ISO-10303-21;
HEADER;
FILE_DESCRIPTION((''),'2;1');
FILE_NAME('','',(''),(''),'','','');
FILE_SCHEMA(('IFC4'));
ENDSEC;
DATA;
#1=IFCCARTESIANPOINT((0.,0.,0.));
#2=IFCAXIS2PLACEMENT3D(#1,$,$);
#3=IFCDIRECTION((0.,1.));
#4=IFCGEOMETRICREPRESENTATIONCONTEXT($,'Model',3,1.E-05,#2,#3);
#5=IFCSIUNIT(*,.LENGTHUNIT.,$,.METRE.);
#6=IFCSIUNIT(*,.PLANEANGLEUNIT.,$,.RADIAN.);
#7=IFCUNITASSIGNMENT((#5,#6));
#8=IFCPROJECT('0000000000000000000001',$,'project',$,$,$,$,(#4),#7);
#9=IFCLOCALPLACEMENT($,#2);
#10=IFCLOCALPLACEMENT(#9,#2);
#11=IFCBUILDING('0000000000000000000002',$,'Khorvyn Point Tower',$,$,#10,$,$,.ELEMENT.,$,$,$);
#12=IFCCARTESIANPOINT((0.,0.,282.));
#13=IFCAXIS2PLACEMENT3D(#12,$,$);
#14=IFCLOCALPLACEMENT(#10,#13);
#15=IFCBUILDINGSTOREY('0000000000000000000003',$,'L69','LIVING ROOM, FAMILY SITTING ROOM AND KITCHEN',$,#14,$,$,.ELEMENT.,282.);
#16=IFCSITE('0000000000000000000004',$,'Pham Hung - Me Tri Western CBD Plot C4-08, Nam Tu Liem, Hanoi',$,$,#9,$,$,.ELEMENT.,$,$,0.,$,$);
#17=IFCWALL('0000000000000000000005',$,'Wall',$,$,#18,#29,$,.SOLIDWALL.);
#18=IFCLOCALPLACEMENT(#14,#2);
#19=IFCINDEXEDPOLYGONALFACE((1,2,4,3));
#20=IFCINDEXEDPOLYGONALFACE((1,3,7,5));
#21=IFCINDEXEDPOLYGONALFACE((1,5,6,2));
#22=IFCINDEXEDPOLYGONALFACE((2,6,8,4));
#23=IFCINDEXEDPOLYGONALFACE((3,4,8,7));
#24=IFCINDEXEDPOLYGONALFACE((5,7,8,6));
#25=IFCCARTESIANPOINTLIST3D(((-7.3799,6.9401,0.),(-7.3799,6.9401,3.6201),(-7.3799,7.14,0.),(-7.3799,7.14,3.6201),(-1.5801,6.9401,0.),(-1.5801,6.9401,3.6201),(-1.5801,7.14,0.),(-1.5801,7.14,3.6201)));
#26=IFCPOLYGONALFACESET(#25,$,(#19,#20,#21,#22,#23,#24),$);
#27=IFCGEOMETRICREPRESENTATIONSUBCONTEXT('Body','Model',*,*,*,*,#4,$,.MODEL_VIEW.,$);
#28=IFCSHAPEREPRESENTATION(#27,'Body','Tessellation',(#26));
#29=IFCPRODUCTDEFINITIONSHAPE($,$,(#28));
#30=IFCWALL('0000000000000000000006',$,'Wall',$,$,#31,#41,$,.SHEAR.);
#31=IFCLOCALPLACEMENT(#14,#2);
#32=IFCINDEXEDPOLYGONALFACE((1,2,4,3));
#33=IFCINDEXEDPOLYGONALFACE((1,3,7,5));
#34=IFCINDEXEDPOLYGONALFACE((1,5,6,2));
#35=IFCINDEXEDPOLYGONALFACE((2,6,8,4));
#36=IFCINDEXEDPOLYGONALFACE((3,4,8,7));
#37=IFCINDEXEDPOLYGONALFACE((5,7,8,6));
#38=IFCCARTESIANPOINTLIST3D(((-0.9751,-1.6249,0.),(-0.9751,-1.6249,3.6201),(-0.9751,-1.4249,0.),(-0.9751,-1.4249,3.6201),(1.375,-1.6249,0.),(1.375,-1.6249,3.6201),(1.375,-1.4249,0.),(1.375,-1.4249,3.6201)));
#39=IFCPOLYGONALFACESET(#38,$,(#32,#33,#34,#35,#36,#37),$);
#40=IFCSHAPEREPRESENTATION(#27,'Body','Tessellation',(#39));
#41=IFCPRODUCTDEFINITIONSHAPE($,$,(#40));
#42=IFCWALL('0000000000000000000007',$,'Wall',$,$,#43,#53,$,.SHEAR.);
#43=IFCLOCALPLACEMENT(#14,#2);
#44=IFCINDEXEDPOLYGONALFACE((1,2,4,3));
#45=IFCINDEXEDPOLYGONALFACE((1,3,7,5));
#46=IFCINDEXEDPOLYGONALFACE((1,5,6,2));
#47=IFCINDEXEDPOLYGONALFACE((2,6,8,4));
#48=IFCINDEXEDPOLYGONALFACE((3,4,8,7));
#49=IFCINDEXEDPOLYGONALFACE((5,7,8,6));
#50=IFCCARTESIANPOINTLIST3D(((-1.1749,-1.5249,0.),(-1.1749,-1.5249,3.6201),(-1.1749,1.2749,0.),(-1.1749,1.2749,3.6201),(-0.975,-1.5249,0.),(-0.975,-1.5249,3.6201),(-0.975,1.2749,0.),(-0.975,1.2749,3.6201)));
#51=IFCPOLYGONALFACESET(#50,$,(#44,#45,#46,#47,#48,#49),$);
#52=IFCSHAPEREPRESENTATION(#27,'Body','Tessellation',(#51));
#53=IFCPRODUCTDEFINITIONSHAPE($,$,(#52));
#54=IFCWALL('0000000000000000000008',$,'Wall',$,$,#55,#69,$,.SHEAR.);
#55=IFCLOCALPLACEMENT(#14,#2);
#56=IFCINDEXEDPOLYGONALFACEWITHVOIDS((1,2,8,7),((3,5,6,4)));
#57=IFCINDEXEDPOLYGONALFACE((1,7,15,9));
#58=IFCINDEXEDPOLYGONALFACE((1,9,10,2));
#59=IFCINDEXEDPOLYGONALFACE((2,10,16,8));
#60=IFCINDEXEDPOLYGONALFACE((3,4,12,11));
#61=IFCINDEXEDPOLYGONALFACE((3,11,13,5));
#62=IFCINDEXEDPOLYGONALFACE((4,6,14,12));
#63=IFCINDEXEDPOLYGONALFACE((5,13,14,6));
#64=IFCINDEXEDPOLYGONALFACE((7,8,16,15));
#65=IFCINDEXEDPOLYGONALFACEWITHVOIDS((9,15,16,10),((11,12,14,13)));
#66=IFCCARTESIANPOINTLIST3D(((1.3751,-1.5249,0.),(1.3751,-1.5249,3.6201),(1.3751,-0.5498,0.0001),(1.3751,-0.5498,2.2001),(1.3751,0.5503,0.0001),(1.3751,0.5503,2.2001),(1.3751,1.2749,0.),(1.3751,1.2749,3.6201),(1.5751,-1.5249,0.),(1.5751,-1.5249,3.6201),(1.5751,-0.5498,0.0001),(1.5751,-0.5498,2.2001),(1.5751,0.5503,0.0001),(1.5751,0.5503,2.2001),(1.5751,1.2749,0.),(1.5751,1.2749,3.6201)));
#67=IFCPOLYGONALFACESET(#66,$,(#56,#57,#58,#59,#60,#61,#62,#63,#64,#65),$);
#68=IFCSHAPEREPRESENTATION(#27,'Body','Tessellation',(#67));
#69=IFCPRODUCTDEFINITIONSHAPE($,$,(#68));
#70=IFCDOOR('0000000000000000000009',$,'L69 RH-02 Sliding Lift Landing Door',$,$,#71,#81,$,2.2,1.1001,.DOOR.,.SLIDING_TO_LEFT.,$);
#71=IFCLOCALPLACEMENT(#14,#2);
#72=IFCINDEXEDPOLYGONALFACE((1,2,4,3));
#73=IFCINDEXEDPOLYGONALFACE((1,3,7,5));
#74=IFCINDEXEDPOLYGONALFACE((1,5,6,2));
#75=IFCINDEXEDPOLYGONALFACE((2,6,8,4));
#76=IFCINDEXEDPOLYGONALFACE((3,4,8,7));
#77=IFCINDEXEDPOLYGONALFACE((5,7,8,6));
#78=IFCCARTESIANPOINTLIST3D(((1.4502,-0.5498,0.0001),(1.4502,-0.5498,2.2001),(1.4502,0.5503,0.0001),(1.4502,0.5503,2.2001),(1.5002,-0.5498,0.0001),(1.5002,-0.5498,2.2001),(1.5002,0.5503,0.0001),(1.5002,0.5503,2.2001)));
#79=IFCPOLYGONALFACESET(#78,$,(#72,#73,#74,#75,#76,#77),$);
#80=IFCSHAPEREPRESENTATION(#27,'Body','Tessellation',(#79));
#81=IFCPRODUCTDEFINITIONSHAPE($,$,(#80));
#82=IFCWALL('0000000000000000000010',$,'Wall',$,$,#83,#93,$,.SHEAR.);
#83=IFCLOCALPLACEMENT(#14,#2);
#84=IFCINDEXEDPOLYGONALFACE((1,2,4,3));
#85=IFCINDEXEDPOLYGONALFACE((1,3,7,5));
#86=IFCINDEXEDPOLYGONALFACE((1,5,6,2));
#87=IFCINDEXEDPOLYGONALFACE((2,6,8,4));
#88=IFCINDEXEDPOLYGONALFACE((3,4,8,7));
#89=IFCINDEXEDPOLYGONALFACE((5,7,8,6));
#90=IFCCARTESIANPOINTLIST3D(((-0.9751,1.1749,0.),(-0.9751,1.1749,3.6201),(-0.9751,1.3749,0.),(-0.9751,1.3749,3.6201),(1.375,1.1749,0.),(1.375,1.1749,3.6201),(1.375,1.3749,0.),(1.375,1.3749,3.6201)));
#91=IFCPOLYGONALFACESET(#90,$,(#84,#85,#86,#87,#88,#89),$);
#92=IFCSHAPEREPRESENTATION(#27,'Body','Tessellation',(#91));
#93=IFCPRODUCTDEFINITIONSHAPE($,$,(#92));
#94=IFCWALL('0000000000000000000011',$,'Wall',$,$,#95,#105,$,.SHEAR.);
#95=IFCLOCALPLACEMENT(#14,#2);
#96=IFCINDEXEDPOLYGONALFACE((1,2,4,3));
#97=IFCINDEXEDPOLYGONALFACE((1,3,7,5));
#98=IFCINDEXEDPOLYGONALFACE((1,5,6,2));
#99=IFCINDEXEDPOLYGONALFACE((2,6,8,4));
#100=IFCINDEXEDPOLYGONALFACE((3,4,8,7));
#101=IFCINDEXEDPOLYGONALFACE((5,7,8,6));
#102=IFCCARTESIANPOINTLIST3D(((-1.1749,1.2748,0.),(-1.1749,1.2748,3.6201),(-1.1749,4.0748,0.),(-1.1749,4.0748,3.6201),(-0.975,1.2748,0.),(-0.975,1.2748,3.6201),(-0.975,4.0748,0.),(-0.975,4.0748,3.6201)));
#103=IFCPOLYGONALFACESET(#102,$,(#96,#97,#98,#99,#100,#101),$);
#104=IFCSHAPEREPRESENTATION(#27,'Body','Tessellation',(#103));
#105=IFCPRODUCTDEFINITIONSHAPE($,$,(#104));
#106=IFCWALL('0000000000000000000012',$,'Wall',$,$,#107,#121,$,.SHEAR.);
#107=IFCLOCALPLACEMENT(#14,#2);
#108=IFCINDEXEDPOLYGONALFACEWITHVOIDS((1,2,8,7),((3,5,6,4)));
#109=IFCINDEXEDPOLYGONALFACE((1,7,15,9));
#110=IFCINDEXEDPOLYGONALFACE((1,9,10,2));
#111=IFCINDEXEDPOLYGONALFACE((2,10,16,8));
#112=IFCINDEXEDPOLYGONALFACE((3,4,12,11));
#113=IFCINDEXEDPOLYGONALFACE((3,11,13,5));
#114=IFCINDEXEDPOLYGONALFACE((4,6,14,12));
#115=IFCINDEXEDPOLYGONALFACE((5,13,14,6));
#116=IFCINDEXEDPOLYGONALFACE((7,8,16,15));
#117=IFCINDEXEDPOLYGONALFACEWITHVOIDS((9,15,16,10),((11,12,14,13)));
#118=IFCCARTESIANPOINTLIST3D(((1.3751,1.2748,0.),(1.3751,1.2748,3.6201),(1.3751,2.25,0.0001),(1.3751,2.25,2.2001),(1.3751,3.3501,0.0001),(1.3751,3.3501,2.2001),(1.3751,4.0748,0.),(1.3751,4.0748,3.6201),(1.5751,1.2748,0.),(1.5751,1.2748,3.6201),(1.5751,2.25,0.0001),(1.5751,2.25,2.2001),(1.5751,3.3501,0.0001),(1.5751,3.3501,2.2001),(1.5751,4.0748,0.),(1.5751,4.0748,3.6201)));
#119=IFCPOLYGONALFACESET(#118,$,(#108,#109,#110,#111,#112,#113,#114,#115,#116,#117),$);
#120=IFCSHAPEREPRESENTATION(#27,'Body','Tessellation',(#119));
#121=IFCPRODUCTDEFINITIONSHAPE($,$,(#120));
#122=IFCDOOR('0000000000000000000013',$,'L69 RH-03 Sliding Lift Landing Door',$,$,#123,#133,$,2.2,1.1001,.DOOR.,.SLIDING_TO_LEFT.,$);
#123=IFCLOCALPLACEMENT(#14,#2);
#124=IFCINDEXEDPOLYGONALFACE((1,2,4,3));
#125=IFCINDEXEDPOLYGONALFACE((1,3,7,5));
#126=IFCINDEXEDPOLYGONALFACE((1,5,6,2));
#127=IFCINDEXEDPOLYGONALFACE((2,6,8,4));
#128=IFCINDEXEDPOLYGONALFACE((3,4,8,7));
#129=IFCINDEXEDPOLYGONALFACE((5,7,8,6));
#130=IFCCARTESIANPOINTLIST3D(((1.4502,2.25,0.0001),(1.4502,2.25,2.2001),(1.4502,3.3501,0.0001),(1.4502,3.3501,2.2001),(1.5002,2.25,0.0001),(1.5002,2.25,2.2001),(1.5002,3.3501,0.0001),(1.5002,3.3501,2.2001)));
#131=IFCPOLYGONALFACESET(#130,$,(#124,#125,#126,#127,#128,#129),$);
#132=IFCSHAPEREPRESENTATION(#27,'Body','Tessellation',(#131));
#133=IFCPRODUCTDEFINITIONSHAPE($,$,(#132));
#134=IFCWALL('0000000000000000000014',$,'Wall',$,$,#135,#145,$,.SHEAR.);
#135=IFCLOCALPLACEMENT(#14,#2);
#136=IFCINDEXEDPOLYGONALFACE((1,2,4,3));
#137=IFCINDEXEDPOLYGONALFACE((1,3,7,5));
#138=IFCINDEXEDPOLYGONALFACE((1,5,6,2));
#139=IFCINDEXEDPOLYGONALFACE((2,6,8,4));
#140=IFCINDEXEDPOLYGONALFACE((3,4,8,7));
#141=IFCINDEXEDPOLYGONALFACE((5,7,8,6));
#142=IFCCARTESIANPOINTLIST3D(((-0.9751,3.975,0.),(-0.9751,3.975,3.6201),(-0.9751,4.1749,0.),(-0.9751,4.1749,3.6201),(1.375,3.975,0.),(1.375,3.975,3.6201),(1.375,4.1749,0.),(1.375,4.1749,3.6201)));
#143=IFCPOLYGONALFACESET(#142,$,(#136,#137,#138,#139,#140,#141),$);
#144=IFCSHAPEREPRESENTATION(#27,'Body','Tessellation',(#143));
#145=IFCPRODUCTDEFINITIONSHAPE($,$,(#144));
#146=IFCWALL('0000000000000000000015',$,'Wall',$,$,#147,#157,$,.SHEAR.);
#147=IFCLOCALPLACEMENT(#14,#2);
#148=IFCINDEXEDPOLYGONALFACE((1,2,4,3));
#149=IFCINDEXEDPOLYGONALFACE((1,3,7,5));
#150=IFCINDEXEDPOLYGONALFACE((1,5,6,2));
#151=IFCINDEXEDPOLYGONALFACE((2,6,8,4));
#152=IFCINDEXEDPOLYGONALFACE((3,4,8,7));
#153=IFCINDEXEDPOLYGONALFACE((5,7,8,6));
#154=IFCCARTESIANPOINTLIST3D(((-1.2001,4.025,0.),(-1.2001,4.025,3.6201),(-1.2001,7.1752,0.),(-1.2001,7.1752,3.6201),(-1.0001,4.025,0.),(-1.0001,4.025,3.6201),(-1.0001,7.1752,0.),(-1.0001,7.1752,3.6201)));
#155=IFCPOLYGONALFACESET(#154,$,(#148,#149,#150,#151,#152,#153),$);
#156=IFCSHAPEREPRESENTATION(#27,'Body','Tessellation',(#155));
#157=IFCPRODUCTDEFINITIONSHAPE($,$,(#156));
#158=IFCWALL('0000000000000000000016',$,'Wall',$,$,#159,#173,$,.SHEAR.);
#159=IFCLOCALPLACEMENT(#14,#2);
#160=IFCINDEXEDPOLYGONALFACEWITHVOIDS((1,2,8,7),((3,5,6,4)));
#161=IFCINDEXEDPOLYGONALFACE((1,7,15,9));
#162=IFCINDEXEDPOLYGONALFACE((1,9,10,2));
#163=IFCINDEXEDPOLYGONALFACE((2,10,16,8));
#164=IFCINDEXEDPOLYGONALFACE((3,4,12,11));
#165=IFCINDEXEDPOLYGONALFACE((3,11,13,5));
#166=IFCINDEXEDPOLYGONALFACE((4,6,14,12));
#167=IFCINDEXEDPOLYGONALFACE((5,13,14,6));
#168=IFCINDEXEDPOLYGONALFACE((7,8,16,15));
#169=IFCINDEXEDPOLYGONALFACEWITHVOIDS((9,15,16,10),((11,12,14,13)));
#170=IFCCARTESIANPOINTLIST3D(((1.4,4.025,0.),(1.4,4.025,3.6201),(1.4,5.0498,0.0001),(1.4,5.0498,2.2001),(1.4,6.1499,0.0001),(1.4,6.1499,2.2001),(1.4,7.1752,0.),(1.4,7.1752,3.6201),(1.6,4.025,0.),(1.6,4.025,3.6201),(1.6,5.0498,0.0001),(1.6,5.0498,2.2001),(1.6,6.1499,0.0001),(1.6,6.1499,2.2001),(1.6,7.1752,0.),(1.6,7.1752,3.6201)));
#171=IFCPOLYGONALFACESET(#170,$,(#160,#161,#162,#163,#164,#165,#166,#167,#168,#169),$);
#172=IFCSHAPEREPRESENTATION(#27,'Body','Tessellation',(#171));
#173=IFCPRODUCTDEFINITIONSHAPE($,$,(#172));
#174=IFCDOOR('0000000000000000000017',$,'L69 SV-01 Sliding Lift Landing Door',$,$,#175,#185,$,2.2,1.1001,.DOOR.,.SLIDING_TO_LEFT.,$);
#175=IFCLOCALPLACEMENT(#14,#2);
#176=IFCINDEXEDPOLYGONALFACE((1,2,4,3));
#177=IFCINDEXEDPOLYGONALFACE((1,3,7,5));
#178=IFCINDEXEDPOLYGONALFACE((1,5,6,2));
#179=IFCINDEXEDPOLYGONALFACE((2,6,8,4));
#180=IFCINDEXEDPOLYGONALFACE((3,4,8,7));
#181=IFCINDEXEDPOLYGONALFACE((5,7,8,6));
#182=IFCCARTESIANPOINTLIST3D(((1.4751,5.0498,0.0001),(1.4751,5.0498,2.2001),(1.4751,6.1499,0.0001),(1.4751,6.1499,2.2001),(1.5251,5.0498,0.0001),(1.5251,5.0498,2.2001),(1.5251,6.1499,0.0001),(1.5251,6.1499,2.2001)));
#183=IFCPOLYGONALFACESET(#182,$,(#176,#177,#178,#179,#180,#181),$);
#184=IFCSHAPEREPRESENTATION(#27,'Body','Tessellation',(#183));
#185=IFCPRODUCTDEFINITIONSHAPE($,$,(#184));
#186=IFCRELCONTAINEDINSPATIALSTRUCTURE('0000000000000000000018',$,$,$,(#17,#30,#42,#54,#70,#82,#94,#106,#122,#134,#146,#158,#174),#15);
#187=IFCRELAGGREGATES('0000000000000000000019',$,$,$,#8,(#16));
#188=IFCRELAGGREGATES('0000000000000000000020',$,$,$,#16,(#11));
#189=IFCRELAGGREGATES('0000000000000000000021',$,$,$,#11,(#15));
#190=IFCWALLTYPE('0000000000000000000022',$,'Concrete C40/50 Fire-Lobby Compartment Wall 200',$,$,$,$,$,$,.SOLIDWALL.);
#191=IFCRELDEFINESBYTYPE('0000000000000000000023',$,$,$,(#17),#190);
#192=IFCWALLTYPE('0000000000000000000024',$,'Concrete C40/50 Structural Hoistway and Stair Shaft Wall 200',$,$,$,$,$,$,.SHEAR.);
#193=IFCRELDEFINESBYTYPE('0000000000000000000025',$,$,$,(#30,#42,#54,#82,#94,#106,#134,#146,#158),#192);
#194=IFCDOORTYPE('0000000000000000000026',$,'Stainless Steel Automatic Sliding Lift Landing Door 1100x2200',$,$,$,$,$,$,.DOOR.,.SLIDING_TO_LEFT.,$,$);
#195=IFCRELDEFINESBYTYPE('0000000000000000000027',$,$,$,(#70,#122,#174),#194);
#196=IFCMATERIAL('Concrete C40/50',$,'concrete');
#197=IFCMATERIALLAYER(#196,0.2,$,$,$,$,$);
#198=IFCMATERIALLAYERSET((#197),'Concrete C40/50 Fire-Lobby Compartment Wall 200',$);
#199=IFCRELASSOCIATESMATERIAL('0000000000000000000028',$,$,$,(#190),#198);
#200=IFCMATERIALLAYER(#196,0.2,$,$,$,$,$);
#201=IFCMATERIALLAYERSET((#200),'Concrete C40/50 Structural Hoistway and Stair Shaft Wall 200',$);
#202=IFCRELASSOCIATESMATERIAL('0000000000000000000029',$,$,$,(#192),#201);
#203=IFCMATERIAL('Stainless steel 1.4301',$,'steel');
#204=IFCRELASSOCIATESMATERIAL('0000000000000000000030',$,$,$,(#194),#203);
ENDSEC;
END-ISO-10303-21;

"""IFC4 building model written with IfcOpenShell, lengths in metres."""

from ifc_helpers import new_model, si_unit, direction, frame, frame_2d, origin, place, context, subcontext, project, spatial, rectangle, extrude, material, layer, layer_set, type_object, element, fill, save


model = new_model("IFC4")

# Units and contexts
model_context = context("Model", 3, precision=1e-05, world=origin(), true_north=direction((0.0, 1.0)))
body_context = subcontext(model_context, "Body", "Model", "MODEL_VIEW")
ifc_project = project(units=[si_unit("LENGTHUNIT", "METRE"), si_unit("PLANEANGLEUNIT", "RADIAN")], contexts=[model_context])

# Site, building, storey
site_placement = place(None, origin())
site = spatial("IfcSite", under=ifc_project, at=site_placement, Name="Pham Hung - Me Tri Western CBD Plot C4-08, Nam Tu Liem, Hanoi", CompositionType="ELEMENT", RefElevation=0.0)
building_placement = place(site_placement, origin())
building = spatial("IfcBuilding", under=site, at=building_placement, Name="Khorvyn Point Tower", CompositionType="ELEMENT")
storey_placement = place(building_placement, frame((0.0, 0.0, 282.0)))
storey = spatial("IfcBuildingStorey", under=building, at=storey_placement, Name="L69", Description="LIVING ROOM, FAMILY SITTING ROOM AND KITCHEN", CompositionType="ELEMENT", Elevation=282.0)

# Shared definitions
ifc_material_1 = material(Name="Concrete C40/50", Category="concrete")

# Walls
ifc_layer_1 = layer(ifc_material_1, 0.2)
ifc_layer_set_1 = layer_set([ifc_layer_1], Name="Concrete C40/50 Fire-Lobby Compartment Wall 200")
wall_type_1 = type_object("IfcWallType", Name="Concrete C40/50 Fire-Lobby Compartment Wall 200", PredefinedType="SOLIDWALL", material=ifc_layer_set_1)
wall_1_placement = place(storey_placement, frame((-7.3799, 7.04, 0.0), z_axis=(0.0, 0.0, 1.0), x_axis=(1.0, 0.0, 0.0)))
element("IfcWall", 1, at=wall_1_placement, inside=storey, type_object=wall_type_1, Name="Wall", PredefinedType="SOLIDWALL", context=body_context, shape_type="SweptSolid", body=[
    extrude(rectangle(XDim=5.7998, YDim=0.2, at=frame_2d((2.8999, 0.0))), origin(), (0.0, 0.0, 1.0), 3.6201),
])
ifc_layer_2 = layer(ifc_material_1, 0.2)
ifc_layer_set_2 = layer_set([ifc_layer_2], Name="Concrete C40/50 Structural Hoistway and Stair Shaft Wall 200")
wall_type_2 = type_object("IfcWallType", Name="Concrete C40/50 Structural Hoistway and Stair Shaft Wall 200", PredefinedType="SHEAR", material=ifc_layer_set_2)
wall_2_placement = place(storey_placement, frame((-0.9751, -1.5249, 0.0), z_axis=(0.0, 0.0, 1.0), x_axis=(1.0, 0.0, 0.0)))
element("IfcWall", 2, at=wall_2_placement, inside=storey, type_object=wall_type_2, Name="Wall", PredefinedType="SHEAR", context=body_context, shape_type="SweptSolid", body=[
    extrude(rectangle(XDim=2.3501, YDim=0.2, at=frame_2d((1.175, 0.0))), origin(), (0.0, 0.0, 1.0), 3.6201),
])
wall_3_placement = place(storey_placement, frame((-1.075, -1.5249, 0.0), z_axis=(0.0, 0.0, 1.0), x_axis=(0.0, 1.0, 0.0)))
element("IfcWall", 3, at=wall_3_placement, inside=storey, type_object=wall_type_2, Name="Wall", PredefinedType="SHEAR", context=body_context, shape_type="SweptSolid", body=[
    extrude(rectangle(XDim=2.7998, YDim=0.2, at=frame_2d((1.3999, 0.0))), origin(), (0.0, 0.0, 1.0), 3.6201),
])

# Wall, opening, door
wall_4_placement = place(storey_placement, frame((1.4751, -1.5249, 0.0), z_axis=(0.0, 0.0, 1.0), x_axis=(0.0, 1.0, 0.0)))
wall_4 = element("IfcWall", 4, at=wall_4_placement, inside=storey, type_object=wall_type_2, Name="Wall", PredefinedType="SHEAR", context=body_context, shape_type="SweptSolid", body=[
    extrude(rectangle(XDim=2.7998, YDim=0.2, at=frame_2d((1.3999, 0.0))), origin(), (0.0, 0.0, 1.0), 3.6201),
])
opening_1_placement = place(wall_4_placement, frame((0.9751, 0.0, 0.0)))
opening_1 = element("IfcOpeningElement", 5, at=opening_1_placement, cuts=wall_4, PredefinedType="OPENING", context=body_context, shape_type="SweptSolid", body=[
    extrude(rectangle(XDim=1.1001, YDim=2.2, at=frame_2d((0.55, 1.1001))), frame((0.0, 0.1099, 0.0), z_axis=(0.0, -1.0, 0.0), x_axis=(1.0, 0.0, 0.0)), (0.0, 0.0, 1.0), 0.22),
])
ifc_material_2 = material(Name="Stainless steel 1.4301", Category="steel")
door_type = type_object("IfcDoorType", Name="Stainless Steel Automatic Sliding Lift Landing Door 1100x2200", OperationType="SLIDING_TO_LEFT", PredefinedType="DOOR", material=ifc_material_2)
door_1_placement = place(opening_1_placement, origin())
door_1 = element("IfcDoor", 6, at=door_1_placement, inside=storey, type_object=door_type, Name="L69 RH-02 Sliding Lift Landing Door", OperationType="SLIDING_TO_LEFT", OverallHeight=2.2, OverallWidth=1.1001, PredefinedType="DOOR", context=body_context, shape_type="SweptSolid", body=[
    extrude(rectangle(XDim=1.1001, YDim=2.2, at=frame_2d((0.55, 1.1001))), frame((0.0, 0.0249, 0.0), z_axis=(0.0, -1.0, 0.0), x_axis=(1.0, 0.0, 0.0)), (0.0, 0.0, 1.0), 0.05),
])
fill(opening_1, door_1)

# Walls
wall_5_placement = place(storey_placement, frame((-0.9751, 1.2749, 0.0), z_axis=(0.0, 0.0, 1.0), x_axis=(1.0, 0.0, 0.0)))
element("IfcWall", 7, at=wall_5_placement, inside=storey, type_object=wall_type_2, Name="Wall", PredefinedType="SHEAR", context=body_context, shape_type="SweptSolid", body=[
    extrude(rectangle(XDim=2.3501, YDim=0.2, at=frame_2d((1.175, 0.0))), origin(), (0.0, 0.0, 1.0), 3.6201),
])
wall_6_placement = place(storey_placement, frame((-1.075, 1.2749, 0.0), z_axis=(0.0, 0.0, 1.0), x_axis=(0.0, 1.0, 0.0)))
element("IfcWall", 8, at=wall_6_placement, inside=storey, type_object=wall_type_2, Name="Wall", PredefinedType="SHEAR", context=body_context, shape_type="SweptSolid", body=[
    extrude(rectangle(XDim=2.8, YDim=0.2, at=frame_2d((1.3999, 0.0))), origin(), (0.0, 0.0, 1.0), 3.6201),
])

# Wall, opening, door
wall_7_placement = place(storey_placement, frame((1.4751, 1.2749, 0.0), z_axis=(0.0, 0.0, 1.0), x_axis=(0.0, 1.0, 0.0)))
wall_7 = element("IfcWall", 9, at=wall_7_placement, inside=storey, type_object=wall_type_2, Name="Wall", PredefinedType="SHEAR", context=body_context, shape_type="SweptSolid", body=[
    extrude(rectangle(XDim=2.8, YDim=0.2, at=frame_2d((1.3999, 0.0))), origin(), (0.0, 0.0, 1.0), 3.6201),
])
opening_2_placement = place(wall_7_placement, frame((0.9751, 0.0, 0.0)))
opening_2 = element("IfcOpeningElement", 10, at=opening_2_placement, cuts=wall_7, PredefinedType="OPENING", context=body_context, shape_type="SweptSolid", body=[
    extrude(rectangle(XDim=1.1001, YDim=2.2, at=frame_2d((0.55, 1.1001))), frame((0.0, 0.1099, 0.0), z_axis=(0.0, -1.0, 0.0), x_axis=(1.0, 0.0, 0.0)), (0.0, 0.0, 1.0), 0.22),
])
door_2_placement = place(opening_2_placement, origin())
door_2 = element("IfcDoor", 11, at=door_2_placement, inside=storey, type_object=door_type, Name="L69 RH-03 Sliding Lift Landing Door", OperationType="SLIDING_TO_LEFT", OverallHeight=2.2, OverallWidth=1.1001, PredefinedType="DOOR", context=body_context, shape_type="SweptSolid", body=[
    extrude(rectangle(XDim=1.1001, YDim=2.2, at=frame_2d((0.55, 1.1001))), frame((0.0, 0.0249, 0.0), z_axis=(0.0, -1.0, 0.0), x_axis=(1.0, 0.0, 0.0)), (0.0, 0.0, 1.0), 0.05),
])
fill(opening_2, door_2)

# Walls
wall_8_placement = place(storey_placement, frame((-0.9751, 4.075, 0.0), z_axis=(0.0, 0.0, 1.0), x_axis=(1.0, 0.0, 0.0)))
element("IfcWall", 12, at=wall_8_placement, inside=storey, type_object=wall_type_2, Name="Wall", PredefinedType="SHEAR", context=body_context, shape_type="SweptSolid", body=[
    extrude(rectangle(XDim=2.3501, YDim=0.2, at=frame_2d((1.175, 0.0))), origin(), (0.0, 0.0, 1.0), 3.6201),
])
wall_9_placement = place(storey_placement, frame((-1.1001, 4.0249, 0.0), z_axis=(0.0, 0.0, 1.0), x_axis=(0.0, 1.0, 0.0)))
element("IfcWall", 13, at=wall_9_placement, inside=storey, type_object=wall_type_2, Name="Wall", PredefinedType="SHEAR", context=body_context, shape_type="SweptSolid", body=[
    extrude(rectangle(XDim=3.1501, YDim=0.2, at=frame_2d((1.5752, 0.0))), origin(), (0.0, 0.0, 1.0), 3.6201),
])

# Wall, opening, door
wall_10_placement = place(storey_placement, frame((1.5, 4.0249, 0.0), z_axis=(0.0, 0.0, 1.0), x_axis=(0.0, 1.0, 0.0)))
wall_10 = element("IfcWall", 14, at=wall_10_placement, inside=storey, type_object=wall_type_2, Name="Wall", PredefinedType="SHEAR", context=body_context, shape_type="SweptSolid", body=[
    extrude(rectangle(XDim=3.1501, YDim=0.2, at=frame_2d((1.5752, 0.0))), origin(), (0.0, 0.0, 1.0), 3.6201),
])
opening_3_placement = place(wall_10_placement, frame((1.0249, 0.0, 0.0)))
opening_3 = element("IfcOpeningElement", 15, at=opening_3_placement, cuts=wall_10, PredefinedType="OPENING", context=body_context, shape_type="SweptSolid", body=[
    extrude(rectangle(XDim=1.1001, YDim=2.2, at=frame_2d((0.55, 1.1001))), frame((0.0, 0.1099, 0.0), z_axis=(0.0, -1.0, 0.0), x_axis=(1.0, 0.0, 0.0)), (0.0, 0.0, 1.0), 0.22),
])
door_3_placement = place(opening_3_placement, origin())
door_3 = element("IfcDoor", 16, at=door_3_placement, inside=storey, type_object=door_type, Name="L69 SV-01 Sliding Lift Landing Door", OperationType="SLIDING_TO_LEFT", OverallHeight=2.2, OverallWidth=1.1001, PredefinedType="DOOR", context=body_context, shape_type="SweptSolid", body=[
    extrude(rectangle(XDim=1.1001, YDim=2.2, at=frame_2d((0.55, 1.1001))), frame((0.0, 0.0249, 0.0), z_axis=(0.0, -1.0, 0.0), x_axis=(1.0, 0.0, 0.0)), (0.0, 0.0, 1.0), 0.05),
])
fill(opening_3, door_3)

save(model, "model.ifc")
